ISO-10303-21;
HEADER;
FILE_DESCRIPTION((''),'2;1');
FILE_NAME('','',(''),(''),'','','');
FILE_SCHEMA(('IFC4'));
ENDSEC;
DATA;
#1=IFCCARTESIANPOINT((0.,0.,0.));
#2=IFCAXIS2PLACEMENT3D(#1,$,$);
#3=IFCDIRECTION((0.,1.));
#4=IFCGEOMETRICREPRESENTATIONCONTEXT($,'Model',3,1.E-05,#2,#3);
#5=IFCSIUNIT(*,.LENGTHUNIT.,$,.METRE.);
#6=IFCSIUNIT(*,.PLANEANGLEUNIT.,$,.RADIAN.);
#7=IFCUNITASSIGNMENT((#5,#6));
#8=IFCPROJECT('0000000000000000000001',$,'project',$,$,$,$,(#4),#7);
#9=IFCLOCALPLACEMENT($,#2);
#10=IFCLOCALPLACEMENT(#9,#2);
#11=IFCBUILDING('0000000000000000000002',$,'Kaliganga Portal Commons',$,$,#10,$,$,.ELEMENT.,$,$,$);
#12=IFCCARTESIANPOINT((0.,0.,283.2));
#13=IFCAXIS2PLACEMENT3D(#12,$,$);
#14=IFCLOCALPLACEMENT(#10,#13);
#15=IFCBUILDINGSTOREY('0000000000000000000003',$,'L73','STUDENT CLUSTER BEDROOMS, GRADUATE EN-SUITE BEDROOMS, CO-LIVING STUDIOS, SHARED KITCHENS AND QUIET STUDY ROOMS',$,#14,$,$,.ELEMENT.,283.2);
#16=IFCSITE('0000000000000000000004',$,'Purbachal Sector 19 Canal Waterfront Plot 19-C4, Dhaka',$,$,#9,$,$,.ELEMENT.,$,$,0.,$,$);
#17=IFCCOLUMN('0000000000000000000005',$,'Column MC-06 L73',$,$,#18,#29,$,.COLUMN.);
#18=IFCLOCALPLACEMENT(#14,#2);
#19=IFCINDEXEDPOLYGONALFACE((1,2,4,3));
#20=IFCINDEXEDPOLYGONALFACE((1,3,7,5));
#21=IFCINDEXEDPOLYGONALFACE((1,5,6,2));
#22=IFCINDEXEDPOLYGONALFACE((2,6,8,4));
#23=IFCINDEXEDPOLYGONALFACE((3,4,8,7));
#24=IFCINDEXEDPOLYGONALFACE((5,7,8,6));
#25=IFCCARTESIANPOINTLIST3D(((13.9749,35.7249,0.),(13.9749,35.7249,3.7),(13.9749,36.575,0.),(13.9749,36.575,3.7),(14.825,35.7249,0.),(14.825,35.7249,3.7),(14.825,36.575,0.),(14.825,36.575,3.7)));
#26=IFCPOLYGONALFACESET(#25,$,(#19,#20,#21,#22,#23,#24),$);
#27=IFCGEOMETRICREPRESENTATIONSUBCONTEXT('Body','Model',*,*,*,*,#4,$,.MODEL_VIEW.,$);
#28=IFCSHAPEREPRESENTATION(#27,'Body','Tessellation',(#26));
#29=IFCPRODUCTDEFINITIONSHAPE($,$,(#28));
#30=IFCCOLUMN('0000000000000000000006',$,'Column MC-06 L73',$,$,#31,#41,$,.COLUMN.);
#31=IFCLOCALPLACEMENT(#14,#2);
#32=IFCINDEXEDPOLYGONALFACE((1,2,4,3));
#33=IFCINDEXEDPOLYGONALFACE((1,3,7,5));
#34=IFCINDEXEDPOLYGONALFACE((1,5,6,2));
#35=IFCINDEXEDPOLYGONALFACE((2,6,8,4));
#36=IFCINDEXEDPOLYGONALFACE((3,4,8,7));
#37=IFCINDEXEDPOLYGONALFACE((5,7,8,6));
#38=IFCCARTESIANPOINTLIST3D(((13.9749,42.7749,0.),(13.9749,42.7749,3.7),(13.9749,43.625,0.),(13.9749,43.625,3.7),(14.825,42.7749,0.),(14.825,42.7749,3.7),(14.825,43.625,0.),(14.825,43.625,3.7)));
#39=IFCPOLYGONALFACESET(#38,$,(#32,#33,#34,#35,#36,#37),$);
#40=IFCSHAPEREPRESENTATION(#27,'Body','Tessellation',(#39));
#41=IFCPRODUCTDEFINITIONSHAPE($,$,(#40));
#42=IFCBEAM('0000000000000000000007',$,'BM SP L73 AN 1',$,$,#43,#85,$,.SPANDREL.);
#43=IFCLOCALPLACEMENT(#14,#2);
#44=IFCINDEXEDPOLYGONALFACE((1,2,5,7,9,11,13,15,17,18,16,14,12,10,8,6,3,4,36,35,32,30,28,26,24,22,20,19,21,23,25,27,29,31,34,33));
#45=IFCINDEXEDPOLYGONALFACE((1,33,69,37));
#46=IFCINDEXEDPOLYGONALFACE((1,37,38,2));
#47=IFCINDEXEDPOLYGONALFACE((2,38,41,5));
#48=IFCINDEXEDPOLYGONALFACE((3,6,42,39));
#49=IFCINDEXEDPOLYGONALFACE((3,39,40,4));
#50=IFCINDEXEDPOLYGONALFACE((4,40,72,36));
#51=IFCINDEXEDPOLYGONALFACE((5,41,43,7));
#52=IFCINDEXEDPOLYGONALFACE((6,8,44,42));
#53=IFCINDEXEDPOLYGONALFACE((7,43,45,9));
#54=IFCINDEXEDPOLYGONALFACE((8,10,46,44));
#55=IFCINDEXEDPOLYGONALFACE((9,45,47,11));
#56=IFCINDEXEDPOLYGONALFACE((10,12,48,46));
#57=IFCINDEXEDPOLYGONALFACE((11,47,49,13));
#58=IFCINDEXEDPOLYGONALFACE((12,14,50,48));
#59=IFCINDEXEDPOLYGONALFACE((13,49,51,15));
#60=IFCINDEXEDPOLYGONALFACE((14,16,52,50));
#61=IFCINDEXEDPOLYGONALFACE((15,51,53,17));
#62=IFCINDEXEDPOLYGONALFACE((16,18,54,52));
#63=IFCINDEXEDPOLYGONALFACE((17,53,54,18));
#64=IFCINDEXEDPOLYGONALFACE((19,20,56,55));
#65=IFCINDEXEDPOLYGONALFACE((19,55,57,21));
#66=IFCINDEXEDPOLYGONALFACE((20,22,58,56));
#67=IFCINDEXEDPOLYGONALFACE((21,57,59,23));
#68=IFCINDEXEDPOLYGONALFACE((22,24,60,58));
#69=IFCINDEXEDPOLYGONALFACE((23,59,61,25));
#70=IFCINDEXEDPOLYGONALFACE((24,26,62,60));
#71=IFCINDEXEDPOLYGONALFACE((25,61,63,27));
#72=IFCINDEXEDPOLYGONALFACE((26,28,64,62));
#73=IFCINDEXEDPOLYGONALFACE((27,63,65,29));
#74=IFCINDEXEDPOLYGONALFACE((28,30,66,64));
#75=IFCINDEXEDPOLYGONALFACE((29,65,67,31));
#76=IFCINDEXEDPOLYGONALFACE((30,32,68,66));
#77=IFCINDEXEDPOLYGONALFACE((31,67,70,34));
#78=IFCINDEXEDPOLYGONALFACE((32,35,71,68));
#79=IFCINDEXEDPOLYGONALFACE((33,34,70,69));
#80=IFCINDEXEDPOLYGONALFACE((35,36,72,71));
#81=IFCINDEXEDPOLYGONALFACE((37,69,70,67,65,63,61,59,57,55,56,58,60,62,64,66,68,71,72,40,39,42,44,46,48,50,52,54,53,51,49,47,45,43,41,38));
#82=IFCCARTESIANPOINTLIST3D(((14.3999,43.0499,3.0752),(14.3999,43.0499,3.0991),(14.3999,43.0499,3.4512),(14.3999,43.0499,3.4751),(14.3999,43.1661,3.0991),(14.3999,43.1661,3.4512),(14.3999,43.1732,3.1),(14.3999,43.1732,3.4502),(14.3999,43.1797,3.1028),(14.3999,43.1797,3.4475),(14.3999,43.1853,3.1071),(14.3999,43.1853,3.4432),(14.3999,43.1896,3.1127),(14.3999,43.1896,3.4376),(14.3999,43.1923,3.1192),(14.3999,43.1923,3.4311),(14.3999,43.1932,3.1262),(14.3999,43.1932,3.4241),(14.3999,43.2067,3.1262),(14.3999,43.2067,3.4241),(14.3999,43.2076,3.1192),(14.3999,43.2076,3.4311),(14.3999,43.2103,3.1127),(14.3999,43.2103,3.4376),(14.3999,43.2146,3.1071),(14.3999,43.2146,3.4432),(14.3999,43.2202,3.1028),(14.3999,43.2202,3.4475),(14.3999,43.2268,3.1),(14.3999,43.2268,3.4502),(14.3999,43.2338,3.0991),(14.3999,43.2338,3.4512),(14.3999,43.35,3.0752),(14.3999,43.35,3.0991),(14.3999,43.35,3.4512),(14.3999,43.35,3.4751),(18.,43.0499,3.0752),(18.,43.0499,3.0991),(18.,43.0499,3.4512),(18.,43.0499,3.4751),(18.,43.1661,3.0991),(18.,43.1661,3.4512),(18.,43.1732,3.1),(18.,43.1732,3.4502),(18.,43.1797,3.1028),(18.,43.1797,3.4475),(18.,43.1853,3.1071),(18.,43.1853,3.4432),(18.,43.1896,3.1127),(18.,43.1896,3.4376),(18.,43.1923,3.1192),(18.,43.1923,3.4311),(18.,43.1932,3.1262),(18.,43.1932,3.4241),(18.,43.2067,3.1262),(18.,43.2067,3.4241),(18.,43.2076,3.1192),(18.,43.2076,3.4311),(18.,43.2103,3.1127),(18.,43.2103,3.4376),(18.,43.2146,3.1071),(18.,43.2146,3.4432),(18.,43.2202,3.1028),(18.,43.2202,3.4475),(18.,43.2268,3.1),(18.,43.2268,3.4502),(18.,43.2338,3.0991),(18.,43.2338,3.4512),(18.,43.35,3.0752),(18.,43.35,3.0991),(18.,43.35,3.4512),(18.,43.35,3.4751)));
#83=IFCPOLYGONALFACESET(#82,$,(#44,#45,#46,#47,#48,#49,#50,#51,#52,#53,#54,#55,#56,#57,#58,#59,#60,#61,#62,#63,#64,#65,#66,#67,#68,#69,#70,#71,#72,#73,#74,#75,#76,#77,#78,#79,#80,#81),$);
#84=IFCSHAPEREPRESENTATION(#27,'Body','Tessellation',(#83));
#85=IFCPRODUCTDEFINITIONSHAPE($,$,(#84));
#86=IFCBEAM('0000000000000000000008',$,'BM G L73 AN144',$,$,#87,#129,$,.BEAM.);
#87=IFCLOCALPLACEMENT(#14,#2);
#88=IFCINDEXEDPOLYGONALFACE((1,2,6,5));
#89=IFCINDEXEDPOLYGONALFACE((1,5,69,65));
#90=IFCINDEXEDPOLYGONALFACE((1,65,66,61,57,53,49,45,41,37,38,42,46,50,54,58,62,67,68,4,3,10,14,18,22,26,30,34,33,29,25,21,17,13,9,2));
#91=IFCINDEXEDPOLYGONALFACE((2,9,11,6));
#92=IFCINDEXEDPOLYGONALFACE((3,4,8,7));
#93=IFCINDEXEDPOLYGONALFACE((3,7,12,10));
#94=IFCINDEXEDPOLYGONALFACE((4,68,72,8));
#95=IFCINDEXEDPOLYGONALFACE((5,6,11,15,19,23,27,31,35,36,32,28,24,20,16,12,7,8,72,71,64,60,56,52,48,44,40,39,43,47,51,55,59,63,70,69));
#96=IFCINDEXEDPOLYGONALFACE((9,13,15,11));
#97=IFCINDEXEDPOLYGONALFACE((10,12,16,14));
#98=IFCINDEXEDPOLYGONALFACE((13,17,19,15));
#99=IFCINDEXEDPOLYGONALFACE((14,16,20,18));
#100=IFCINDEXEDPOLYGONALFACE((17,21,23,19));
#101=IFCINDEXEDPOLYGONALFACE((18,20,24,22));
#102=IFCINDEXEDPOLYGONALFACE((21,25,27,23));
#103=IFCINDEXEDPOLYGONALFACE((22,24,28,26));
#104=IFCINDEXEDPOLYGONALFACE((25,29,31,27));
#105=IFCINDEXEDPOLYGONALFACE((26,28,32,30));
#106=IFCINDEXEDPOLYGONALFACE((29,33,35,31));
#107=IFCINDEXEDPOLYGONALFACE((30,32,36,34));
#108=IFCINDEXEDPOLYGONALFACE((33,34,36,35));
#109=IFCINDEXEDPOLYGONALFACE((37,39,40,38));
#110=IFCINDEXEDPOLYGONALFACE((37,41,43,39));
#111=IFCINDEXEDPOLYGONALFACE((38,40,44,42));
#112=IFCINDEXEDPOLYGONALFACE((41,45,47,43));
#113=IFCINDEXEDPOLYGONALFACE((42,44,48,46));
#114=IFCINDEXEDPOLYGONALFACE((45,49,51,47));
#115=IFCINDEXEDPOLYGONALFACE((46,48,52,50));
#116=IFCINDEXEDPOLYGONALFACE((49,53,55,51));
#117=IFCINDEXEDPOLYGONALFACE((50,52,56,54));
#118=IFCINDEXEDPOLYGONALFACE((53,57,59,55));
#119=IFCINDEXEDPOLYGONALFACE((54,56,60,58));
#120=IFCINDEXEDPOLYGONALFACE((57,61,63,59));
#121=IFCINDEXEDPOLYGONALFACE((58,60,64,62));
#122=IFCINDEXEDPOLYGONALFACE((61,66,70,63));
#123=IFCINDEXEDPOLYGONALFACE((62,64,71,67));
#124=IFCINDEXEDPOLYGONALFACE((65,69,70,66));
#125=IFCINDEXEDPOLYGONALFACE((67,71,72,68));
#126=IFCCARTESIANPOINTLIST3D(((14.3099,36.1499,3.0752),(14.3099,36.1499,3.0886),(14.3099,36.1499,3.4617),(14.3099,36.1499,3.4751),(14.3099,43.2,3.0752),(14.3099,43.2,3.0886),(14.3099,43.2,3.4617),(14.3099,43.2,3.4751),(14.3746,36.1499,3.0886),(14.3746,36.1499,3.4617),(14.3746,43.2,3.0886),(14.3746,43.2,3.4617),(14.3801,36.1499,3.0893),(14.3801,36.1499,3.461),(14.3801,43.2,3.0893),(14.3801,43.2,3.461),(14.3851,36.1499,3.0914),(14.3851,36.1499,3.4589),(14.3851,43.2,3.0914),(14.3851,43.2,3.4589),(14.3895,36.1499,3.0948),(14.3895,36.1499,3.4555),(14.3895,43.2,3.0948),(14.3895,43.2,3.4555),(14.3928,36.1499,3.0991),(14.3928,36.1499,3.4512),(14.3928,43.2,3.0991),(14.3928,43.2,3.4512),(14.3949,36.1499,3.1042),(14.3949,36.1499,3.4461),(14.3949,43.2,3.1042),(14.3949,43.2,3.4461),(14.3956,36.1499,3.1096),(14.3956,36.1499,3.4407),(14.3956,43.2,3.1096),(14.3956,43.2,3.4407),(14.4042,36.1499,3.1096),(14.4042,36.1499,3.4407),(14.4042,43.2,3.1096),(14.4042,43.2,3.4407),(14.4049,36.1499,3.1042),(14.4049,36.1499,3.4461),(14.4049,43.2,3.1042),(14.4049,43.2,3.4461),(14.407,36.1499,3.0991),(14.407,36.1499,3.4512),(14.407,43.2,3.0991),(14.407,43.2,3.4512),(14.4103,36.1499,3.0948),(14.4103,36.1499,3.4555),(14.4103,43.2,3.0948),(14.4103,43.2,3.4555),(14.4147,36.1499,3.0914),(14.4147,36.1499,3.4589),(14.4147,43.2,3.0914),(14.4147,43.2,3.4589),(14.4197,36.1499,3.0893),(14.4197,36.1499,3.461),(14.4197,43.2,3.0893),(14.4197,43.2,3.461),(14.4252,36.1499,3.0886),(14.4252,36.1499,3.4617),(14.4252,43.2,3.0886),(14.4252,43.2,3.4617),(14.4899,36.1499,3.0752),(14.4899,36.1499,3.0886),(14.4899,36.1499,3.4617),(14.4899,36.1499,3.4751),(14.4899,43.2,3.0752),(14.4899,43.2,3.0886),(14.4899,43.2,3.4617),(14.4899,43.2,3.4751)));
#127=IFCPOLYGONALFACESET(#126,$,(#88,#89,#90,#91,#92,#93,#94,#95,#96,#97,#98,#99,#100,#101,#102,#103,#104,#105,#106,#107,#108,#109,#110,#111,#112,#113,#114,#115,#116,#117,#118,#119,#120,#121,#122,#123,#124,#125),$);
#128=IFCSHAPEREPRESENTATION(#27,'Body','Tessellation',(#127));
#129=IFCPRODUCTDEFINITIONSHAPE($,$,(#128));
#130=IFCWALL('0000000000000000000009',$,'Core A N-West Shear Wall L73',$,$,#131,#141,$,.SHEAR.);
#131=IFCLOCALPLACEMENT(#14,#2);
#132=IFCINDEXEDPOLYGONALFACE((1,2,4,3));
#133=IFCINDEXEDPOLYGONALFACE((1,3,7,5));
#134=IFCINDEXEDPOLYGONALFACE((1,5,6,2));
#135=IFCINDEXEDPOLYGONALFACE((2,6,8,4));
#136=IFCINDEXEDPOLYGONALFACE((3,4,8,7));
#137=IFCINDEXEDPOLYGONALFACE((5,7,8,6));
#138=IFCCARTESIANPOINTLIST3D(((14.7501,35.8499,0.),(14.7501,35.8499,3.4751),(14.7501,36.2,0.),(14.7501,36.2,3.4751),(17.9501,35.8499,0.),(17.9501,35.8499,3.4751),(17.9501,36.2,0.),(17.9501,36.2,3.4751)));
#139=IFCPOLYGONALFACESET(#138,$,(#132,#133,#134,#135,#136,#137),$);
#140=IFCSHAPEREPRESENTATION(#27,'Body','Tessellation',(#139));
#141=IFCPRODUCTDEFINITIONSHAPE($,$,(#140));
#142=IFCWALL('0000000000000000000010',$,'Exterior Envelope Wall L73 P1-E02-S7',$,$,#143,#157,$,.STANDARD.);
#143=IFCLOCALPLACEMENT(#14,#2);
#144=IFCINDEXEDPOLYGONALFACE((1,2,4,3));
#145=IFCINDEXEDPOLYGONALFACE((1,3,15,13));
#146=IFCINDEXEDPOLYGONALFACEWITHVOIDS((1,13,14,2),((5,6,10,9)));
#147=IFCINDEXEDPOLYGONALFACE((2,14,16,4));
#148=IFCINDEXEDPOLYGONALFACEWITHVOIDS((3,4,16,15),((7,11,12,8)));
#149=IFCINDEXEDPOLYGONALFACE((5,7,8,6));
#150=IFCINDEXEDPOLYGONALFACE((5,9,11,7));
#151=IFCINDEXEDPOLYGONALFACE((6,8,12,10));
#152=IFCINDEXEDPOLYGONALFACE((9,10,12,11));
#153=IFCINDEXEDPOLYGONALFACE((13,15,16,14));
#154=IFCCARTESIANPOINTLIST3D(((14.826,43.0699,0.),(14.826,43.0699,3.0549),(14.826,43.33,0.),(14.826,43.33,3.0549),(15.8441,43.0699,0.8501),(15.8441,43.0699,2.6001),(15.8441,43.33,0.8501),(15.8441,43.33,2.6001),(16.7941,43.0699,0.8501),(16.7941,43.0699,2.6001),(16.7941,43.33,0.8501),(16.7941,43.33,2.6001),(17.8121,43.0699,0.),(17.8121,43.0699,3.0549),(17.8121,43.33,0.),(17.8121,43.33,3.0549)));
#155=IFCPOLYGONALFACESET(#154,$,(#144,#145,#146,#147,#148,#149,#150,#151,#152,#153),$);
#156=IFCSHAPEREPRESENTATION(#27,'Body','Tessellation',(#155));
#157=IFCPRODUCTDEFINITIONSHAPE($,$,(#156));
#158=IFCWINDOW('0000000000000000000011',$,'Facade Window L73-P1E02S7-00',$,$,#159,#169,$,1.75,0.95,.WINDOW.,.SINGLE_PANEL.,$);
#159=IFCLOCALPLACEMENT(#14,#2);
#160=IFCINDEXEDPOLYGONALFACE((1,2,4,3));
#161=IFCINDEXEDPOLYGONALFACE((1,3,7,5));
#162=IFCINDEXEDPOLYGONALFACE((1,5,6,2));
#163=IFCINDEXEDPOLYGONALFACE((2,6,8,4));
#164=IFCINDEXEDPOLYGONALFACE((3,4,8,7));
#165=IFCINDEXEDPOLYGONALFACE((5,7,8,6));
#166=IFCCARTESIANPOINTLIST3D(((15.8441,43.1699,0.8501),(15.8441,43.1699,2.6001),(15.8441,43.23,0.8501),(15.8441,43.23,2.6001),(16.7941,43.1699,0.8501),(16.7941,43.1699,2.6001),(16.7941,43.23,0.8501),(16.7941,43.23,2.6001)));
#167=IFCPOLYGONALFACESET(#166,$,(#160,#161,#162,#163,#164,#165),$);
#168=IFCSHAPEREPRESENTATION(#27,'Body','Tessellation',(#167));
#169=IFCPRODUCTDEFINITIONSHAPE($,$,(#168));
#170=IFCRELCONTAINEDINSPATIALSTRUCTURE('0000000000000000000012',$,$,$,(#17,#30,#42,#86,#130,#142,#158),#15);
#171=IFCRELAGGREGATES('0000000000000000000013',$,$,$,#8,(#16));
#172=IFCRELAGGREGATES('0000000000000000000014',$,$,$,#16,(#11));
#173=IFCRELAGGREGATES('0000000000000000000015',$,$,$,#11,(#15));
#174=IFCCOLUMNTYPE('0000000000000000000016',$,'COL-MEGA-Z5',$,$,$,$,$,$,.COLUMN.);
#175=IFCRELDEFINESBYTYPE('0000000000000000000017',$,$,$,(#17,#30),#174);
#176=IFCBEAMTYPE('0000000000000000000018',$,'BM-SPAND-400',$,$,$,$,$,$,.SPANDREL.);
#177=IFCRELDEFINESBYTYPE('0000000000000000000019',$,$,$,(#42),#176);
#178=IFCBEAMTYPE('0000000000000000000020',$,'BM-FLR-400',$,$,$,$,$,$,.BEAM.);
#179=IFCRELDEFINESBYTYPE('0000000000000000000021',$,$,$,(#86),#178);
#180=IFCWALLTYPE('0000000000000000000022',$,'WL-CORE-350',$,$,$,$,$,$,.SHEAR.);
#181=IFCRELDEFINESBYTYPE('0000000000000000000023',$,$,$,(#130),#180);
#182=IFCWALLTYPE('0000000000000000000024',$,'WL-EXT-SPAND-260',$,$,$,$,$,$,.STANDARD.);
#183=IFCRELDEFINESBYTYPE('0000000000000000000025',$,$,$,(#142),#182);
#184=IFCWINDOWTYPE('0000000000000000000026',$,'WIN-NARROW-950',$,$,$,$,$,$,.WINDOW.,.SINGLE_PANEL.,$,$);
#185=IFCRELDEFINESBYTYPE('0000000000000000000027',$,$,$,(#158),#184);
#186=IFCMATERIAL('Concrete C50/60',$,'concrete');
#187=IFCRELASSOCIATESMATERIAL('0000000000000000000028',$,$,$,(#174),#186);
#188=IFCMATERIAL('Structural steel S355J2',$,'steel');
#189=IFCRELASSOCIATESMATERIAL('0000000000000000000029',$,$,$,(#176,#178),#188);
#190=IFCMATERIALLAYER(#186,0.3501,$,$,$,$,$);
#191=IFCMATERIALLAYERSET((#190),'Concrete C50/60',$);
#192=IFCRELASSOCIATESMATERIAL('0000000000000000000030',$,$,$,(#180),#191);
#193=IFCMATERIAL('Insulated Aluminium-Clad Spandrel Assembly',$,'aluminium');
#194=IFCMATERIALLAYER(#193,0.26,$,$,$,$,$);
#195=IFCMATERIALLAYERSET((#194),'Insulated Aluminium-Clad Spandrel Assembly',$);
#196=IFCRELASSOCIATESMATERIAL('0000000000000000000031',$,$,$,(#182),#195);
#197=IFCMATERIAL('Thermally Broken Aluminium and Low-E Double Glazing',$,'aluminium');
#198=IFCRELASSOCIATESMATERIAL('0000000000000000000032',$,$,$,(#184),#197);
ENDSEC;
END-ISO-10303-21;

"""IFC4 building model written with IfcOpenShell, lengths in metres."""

from ifc_helpers import new_model, si_unit, direction, frame, frame_2d, origin, origin_2d, place, context, subcontext, project, spatial, rectangle, i_section, extrude, source, transform, mapped, material, layer, layer_set, material_profile, profile_set, type_object, element, fill, save


model = new_model("IFC4")

# Units and contexts
model_context = context("Model", 3, precision=1e-05, world=origin(), true_north=direction((0.0, 1.0)))
body_context = subcontext(model_context, "Body", "Model", "MODEL_VIEW")
ifc_project = project(units=[si_unit("LENGTHUNIT", "METRE"), si_unit("PLANEANGLEUNIT", "RADIAN")], contexts=[model_context])

# Site, building, storey
site_placement = place(None, origin())
site = spatial("IfcSite", under=ifc_project, at=site_placement, Name="Purbachal Sector 19 Canal Waterfront Plot 19-C4, Dhaka", CompositionType="ELEMENT", RefElevation=0.0)
building_placement = place(site_placement, origin())
building = spatial("IfcBuilding", under=site, at=building_placement, Name="Kaliganga Portal Commons", CompositionType="ELEMENT")
storey_placement = place(building_placement, frame((0.0, 0.0, 283.2)))
storey = spatial("IfcBuildingStorey", under=building, at=storey_placement, Name="L73", Description="STUDENT CLUSTER BEDROOMS, GRADUATE EN-SUITE BEDROOMS, CO-LIVING STUDIOS, SHARED KITCHENS AND QUIET STUDY ROOMS", CompositionType="ELEMENT", Elevation=283.2)

# Columns
ifc_material_1 = material(Name="Concrete C50/60", Category="concrete")
ifc_material_profile_1 = material_profile(ifc_material_1, rectangle(XDim=0.8501, YDim=0.8501, at=origin_2d()), Name="RC 850x850")
ifc_profile_set_1 = profile_set([ifc_material_profile_1], Name="Concrete C50/60")
column_type = type_object("IfcColumnType", Name="COL-MEGA-Z5", PredefinedType="COLUMN", material=ifc_profile_set_1)
shared_shape_1 = source(origin(), body_context, "Body", "SweptSolid", [
    extrude(rectangle(XDim=0.8501, YDim=0.8501, at=origin_2d()), origin(), (0.0, 0.0, 1.0), 3.7),
])
for number, where, z_axis, x_axis, name in (
    (1, (14.3999, 36.1499, 0.0), (0.0, 0.0, 1.0), (1.0, 0.0, 0.0), "Column MC-06 L73"),
    (2, (14.3999, 43.2, 0.0), (0.0, 0.0, 1.0), (1.0, 0.0, 0.0), "Column MC-06 L73"),
):
    element("IfcColumn", number, at=place(storey_placement, frame(where, z_axis=z_axis, x_axis=x_axis)), inside=storey, type_object=column_type, Name=name, PredefinedType="COLUMN", context=body_context, shape_type="MappedRepresentation", body=[
        mapped(shared_shape_1, transform((0.0, 0.0, 0.0), x_axis=(1.0, 0.0, 0.0), y_axis=(0.0, 1.0, 0.0), z_axis=(0.0, 0.0, 1.0), scale=1.0)),
    ])

# Beams
ifc_material_2 = material(Name="Structural steel S355J2", Category="steel")
ifc_material_profile_2 = material_profile(ifc_material_2, i_section(OverallWidth=0.3, OverallDepth=0.3999, WebThickness=0.0134, FlangeThickness=0.0239, FilletRadius=0.0271, at=origin_2d()), Name="HE 400 B")
ifc_profile_set_2 = profile_set([ifc_material_profile_2], Name="Structural steel S355J2 wide-flange")
beam_type_1 = type_object("IfcBeamType", Name="BM-SPAND-400", PredefinedType="SPANDREL", material=ifc_profile_set_2)
shared_shape_2 = source(origin(), body_context, "Body", "SweptSolid", [
    extrude(i_section(OverallWidth=0.3, OverallDepth=0.3999, WebThickness=0.0134, FlangeThickness=0.0239, FilletRadius=0.0271, at=origin_2d()), origin(), (0.0, 0.0, 1.0), 3.6001),
])
beam_1_placement = place(storey_placement, frame((14.3999, 43.2, 3.2751), z_axis=(1.0, 0.0, 0.0), x_axis=(0.0, 1.0, 0.0)))
element("IfcBeam", 3, at=beam_1_placement, inside=storey, type_object=beam_type_1, Name="BM SP L73 AN 1", PredefinedType="SPANDREL", context=body_context, shape_type="MappedRepresentation", body=[
    mapped(shared_shape_2, transform((0.0, 0.0, 0.0), x_axis=(1.0, 0.0, 0.0), y_axis=(0.0, 1.0, 0.0), z_axis=(0.0, 0.0, 1.0), scale=1.0)),
])
ifc_material_profile_3 = material_profile(ifc_material_2, i_section(OverallWidth=0.1799, OverallDepth=0.3999, WebThickness=0.0085, FlangeThickness=0.0134, FilletRadius=0.021, at=origin_2d()), Name="IPE 400")
ifc_profile_set_3 = profile_set([ifc_material_profile_3], Name="Structural steel S355J2 wide-flange")
beam_type_2 = type_object("IfcBeamType", Name="BM-FLR-400", PredefinedType="BEAM", material=ifc_profile_set_3)
shared_shape_3 = source(origin(), body_context, "Body", "SweptSolid", [
    extrude(i_section(OverallWidth=0.1799, OverallDepth=0.3999, WebThickness=0.0085, FlangeThickness=0.0134, FilletRadius=0.021, at=origin_2d()), origin(), (0.0, 0.0, 1.0), 7.05),
])
beam_2_placement = place(storey_placement, frame((14.3999, 36.1499, 3.2751), z_axis=(0.0, 1.0, 0.0), x_axis=(-1.0, 0.0, 0.0)))
element("IfcBeam", 4, at=beam_2_placement, inside=storey, type_object=beam_type_2, Name="BM G L73 AN144", PredefinedType="BEAM", context=body_context, shape_type="MappedRepresentation", body=[
    mapped(shared_shape_3, transform((0.0, 0.0, 0.0), x_axis=(1.0, 0.0, 0.0), y_axis=(0.0, 1.0, 0.0), z_axis=(0.0, 0.0, 1.0), scale=1.0)),
])

# Wall
ifc_layer_1 = layer(ifc_material_1, 0.3501)
ifc_layer_set_1 = layer_set([ifc_layer_1], Name="Concrete C50/60")
wall_type_1 = type_object("IfcWallType", Name="WL-CORE-350", PredefinedType="SHEAR", material=ifc_layer_set_1)
wall_1_placement = place(storey_placement, frame((14.75, 36.0249, 0.0), z_axis=(0.0, 0.0, 1.0), x_axis=(1.0, 0.0, 0.0)))
element("IfcWall", 5, at=wall_1_placement, inside=storey, type_object=wall_type_1, Name="Core A N-West Shear Wall L73", PredefinedType="SHEAR", context=body_context, shape_type="SweptSolid", body=[
    extrude(rectangle(XDim=3.2, YDim=0.3501, at=frame_2d((1.6001, 0.0))), origin(), (0.0, 0.0, 1.0), 3.4751),
])

# Wall, opening, window
ifc_material_3 = material(Name="Insulated Aluminium-Clad Spandrel Assembly", Category="aluminium")
ifc_layer_2 = layer(ifc_material_3, 0.26)
ifc_layer_set_2 = layer_set([ifc_layer_2], Name="Insulated Aluminium-Clad Spandrel Assembly")
wall_type_2 = type_object("IfcWallType", Name="WL-EXT-SPAND-260", PredefinedType="STANDARD", material=ifc_layer_set_2)
wall_2_placement = place(storey_placement, frame((14.8259, 43.2, 0.0), z_axis=(0.0, 0.0, 1.0), x_axis=(1.0, 0.0, 0.0)))
wall_2 = element("IfcWall", 6, at=wall_2_placement, inside=storey, type_object=wall_type_2, Name="Exterior Envelope Wall L73 P1-E02-S7", PredefinedType="STANDARD", context=body_context, shape_type="SweptSolid", body=[
    extrude(rectangle(XDim=2.9861, YDim=0.26, at=frame_2d((1.4932, 0.0))), origin(), (0.0, 0.0, 1.0), 3.0549),
])
opening_1_placement = place(wall_2_placement, frame((1.0181, 0.0, 0.8501)))
opening_1 = element("IfcOpeningElement", 7, at=opening_1_placement, cuts=wall_2, PredefinedType="OPENING", context=body_context, shape_type="SweptSolid", body=[
    extrude(rectangle(XDim=0.95, YDim=1.75, at=frame_2d((0.4751, 0.875))), frame((0.0, 0.1401, 0.0), z_axis=(0.0, -1.0, 0.0), x_axis=(1.0, 0.0, 0.0)), (0.0, 0.0, 1.0), 0.28),
])
ifc_material_4 = material(Name="Thermally Broken Aluminium and Low-E Double Glazing", Category="aluminium")
window_type_1 = type_object("IfcWindowType", Name="WIN-NARROW-950", PartitioningType="SINGLE_PANEL", PredefinedType="WINDOW", material=ifc_material_4)
window_1_placement = place(opening_1_placement, origin())
window_1 = element("IfcWindow", 8, at=window_1_placement, inside=storey, type_object=window_type_1, Name="Facade Window L73-P1E02S7-00", OverallHeight=1.75, OverallWidth=0.95, PartitioningType="SINGLE_PANEL", PredefinedType="WINDOW", context=body_context, shape_type="SweptSolid", body=[
    extrude(rectangle(XDim=0.95, YDim=1.75, at=frame_2d((0.4751, 0.875))), frame((0.0, 0.03, 0.0), z_axis=(0.0, -1.0, 0.0), x_axis=(1.0, 0.0, 0.0)), (0.0, 0.0, 1.0), 0.0601),
])
fill(opening_1, window_1)

save(model, "model.ifc")
